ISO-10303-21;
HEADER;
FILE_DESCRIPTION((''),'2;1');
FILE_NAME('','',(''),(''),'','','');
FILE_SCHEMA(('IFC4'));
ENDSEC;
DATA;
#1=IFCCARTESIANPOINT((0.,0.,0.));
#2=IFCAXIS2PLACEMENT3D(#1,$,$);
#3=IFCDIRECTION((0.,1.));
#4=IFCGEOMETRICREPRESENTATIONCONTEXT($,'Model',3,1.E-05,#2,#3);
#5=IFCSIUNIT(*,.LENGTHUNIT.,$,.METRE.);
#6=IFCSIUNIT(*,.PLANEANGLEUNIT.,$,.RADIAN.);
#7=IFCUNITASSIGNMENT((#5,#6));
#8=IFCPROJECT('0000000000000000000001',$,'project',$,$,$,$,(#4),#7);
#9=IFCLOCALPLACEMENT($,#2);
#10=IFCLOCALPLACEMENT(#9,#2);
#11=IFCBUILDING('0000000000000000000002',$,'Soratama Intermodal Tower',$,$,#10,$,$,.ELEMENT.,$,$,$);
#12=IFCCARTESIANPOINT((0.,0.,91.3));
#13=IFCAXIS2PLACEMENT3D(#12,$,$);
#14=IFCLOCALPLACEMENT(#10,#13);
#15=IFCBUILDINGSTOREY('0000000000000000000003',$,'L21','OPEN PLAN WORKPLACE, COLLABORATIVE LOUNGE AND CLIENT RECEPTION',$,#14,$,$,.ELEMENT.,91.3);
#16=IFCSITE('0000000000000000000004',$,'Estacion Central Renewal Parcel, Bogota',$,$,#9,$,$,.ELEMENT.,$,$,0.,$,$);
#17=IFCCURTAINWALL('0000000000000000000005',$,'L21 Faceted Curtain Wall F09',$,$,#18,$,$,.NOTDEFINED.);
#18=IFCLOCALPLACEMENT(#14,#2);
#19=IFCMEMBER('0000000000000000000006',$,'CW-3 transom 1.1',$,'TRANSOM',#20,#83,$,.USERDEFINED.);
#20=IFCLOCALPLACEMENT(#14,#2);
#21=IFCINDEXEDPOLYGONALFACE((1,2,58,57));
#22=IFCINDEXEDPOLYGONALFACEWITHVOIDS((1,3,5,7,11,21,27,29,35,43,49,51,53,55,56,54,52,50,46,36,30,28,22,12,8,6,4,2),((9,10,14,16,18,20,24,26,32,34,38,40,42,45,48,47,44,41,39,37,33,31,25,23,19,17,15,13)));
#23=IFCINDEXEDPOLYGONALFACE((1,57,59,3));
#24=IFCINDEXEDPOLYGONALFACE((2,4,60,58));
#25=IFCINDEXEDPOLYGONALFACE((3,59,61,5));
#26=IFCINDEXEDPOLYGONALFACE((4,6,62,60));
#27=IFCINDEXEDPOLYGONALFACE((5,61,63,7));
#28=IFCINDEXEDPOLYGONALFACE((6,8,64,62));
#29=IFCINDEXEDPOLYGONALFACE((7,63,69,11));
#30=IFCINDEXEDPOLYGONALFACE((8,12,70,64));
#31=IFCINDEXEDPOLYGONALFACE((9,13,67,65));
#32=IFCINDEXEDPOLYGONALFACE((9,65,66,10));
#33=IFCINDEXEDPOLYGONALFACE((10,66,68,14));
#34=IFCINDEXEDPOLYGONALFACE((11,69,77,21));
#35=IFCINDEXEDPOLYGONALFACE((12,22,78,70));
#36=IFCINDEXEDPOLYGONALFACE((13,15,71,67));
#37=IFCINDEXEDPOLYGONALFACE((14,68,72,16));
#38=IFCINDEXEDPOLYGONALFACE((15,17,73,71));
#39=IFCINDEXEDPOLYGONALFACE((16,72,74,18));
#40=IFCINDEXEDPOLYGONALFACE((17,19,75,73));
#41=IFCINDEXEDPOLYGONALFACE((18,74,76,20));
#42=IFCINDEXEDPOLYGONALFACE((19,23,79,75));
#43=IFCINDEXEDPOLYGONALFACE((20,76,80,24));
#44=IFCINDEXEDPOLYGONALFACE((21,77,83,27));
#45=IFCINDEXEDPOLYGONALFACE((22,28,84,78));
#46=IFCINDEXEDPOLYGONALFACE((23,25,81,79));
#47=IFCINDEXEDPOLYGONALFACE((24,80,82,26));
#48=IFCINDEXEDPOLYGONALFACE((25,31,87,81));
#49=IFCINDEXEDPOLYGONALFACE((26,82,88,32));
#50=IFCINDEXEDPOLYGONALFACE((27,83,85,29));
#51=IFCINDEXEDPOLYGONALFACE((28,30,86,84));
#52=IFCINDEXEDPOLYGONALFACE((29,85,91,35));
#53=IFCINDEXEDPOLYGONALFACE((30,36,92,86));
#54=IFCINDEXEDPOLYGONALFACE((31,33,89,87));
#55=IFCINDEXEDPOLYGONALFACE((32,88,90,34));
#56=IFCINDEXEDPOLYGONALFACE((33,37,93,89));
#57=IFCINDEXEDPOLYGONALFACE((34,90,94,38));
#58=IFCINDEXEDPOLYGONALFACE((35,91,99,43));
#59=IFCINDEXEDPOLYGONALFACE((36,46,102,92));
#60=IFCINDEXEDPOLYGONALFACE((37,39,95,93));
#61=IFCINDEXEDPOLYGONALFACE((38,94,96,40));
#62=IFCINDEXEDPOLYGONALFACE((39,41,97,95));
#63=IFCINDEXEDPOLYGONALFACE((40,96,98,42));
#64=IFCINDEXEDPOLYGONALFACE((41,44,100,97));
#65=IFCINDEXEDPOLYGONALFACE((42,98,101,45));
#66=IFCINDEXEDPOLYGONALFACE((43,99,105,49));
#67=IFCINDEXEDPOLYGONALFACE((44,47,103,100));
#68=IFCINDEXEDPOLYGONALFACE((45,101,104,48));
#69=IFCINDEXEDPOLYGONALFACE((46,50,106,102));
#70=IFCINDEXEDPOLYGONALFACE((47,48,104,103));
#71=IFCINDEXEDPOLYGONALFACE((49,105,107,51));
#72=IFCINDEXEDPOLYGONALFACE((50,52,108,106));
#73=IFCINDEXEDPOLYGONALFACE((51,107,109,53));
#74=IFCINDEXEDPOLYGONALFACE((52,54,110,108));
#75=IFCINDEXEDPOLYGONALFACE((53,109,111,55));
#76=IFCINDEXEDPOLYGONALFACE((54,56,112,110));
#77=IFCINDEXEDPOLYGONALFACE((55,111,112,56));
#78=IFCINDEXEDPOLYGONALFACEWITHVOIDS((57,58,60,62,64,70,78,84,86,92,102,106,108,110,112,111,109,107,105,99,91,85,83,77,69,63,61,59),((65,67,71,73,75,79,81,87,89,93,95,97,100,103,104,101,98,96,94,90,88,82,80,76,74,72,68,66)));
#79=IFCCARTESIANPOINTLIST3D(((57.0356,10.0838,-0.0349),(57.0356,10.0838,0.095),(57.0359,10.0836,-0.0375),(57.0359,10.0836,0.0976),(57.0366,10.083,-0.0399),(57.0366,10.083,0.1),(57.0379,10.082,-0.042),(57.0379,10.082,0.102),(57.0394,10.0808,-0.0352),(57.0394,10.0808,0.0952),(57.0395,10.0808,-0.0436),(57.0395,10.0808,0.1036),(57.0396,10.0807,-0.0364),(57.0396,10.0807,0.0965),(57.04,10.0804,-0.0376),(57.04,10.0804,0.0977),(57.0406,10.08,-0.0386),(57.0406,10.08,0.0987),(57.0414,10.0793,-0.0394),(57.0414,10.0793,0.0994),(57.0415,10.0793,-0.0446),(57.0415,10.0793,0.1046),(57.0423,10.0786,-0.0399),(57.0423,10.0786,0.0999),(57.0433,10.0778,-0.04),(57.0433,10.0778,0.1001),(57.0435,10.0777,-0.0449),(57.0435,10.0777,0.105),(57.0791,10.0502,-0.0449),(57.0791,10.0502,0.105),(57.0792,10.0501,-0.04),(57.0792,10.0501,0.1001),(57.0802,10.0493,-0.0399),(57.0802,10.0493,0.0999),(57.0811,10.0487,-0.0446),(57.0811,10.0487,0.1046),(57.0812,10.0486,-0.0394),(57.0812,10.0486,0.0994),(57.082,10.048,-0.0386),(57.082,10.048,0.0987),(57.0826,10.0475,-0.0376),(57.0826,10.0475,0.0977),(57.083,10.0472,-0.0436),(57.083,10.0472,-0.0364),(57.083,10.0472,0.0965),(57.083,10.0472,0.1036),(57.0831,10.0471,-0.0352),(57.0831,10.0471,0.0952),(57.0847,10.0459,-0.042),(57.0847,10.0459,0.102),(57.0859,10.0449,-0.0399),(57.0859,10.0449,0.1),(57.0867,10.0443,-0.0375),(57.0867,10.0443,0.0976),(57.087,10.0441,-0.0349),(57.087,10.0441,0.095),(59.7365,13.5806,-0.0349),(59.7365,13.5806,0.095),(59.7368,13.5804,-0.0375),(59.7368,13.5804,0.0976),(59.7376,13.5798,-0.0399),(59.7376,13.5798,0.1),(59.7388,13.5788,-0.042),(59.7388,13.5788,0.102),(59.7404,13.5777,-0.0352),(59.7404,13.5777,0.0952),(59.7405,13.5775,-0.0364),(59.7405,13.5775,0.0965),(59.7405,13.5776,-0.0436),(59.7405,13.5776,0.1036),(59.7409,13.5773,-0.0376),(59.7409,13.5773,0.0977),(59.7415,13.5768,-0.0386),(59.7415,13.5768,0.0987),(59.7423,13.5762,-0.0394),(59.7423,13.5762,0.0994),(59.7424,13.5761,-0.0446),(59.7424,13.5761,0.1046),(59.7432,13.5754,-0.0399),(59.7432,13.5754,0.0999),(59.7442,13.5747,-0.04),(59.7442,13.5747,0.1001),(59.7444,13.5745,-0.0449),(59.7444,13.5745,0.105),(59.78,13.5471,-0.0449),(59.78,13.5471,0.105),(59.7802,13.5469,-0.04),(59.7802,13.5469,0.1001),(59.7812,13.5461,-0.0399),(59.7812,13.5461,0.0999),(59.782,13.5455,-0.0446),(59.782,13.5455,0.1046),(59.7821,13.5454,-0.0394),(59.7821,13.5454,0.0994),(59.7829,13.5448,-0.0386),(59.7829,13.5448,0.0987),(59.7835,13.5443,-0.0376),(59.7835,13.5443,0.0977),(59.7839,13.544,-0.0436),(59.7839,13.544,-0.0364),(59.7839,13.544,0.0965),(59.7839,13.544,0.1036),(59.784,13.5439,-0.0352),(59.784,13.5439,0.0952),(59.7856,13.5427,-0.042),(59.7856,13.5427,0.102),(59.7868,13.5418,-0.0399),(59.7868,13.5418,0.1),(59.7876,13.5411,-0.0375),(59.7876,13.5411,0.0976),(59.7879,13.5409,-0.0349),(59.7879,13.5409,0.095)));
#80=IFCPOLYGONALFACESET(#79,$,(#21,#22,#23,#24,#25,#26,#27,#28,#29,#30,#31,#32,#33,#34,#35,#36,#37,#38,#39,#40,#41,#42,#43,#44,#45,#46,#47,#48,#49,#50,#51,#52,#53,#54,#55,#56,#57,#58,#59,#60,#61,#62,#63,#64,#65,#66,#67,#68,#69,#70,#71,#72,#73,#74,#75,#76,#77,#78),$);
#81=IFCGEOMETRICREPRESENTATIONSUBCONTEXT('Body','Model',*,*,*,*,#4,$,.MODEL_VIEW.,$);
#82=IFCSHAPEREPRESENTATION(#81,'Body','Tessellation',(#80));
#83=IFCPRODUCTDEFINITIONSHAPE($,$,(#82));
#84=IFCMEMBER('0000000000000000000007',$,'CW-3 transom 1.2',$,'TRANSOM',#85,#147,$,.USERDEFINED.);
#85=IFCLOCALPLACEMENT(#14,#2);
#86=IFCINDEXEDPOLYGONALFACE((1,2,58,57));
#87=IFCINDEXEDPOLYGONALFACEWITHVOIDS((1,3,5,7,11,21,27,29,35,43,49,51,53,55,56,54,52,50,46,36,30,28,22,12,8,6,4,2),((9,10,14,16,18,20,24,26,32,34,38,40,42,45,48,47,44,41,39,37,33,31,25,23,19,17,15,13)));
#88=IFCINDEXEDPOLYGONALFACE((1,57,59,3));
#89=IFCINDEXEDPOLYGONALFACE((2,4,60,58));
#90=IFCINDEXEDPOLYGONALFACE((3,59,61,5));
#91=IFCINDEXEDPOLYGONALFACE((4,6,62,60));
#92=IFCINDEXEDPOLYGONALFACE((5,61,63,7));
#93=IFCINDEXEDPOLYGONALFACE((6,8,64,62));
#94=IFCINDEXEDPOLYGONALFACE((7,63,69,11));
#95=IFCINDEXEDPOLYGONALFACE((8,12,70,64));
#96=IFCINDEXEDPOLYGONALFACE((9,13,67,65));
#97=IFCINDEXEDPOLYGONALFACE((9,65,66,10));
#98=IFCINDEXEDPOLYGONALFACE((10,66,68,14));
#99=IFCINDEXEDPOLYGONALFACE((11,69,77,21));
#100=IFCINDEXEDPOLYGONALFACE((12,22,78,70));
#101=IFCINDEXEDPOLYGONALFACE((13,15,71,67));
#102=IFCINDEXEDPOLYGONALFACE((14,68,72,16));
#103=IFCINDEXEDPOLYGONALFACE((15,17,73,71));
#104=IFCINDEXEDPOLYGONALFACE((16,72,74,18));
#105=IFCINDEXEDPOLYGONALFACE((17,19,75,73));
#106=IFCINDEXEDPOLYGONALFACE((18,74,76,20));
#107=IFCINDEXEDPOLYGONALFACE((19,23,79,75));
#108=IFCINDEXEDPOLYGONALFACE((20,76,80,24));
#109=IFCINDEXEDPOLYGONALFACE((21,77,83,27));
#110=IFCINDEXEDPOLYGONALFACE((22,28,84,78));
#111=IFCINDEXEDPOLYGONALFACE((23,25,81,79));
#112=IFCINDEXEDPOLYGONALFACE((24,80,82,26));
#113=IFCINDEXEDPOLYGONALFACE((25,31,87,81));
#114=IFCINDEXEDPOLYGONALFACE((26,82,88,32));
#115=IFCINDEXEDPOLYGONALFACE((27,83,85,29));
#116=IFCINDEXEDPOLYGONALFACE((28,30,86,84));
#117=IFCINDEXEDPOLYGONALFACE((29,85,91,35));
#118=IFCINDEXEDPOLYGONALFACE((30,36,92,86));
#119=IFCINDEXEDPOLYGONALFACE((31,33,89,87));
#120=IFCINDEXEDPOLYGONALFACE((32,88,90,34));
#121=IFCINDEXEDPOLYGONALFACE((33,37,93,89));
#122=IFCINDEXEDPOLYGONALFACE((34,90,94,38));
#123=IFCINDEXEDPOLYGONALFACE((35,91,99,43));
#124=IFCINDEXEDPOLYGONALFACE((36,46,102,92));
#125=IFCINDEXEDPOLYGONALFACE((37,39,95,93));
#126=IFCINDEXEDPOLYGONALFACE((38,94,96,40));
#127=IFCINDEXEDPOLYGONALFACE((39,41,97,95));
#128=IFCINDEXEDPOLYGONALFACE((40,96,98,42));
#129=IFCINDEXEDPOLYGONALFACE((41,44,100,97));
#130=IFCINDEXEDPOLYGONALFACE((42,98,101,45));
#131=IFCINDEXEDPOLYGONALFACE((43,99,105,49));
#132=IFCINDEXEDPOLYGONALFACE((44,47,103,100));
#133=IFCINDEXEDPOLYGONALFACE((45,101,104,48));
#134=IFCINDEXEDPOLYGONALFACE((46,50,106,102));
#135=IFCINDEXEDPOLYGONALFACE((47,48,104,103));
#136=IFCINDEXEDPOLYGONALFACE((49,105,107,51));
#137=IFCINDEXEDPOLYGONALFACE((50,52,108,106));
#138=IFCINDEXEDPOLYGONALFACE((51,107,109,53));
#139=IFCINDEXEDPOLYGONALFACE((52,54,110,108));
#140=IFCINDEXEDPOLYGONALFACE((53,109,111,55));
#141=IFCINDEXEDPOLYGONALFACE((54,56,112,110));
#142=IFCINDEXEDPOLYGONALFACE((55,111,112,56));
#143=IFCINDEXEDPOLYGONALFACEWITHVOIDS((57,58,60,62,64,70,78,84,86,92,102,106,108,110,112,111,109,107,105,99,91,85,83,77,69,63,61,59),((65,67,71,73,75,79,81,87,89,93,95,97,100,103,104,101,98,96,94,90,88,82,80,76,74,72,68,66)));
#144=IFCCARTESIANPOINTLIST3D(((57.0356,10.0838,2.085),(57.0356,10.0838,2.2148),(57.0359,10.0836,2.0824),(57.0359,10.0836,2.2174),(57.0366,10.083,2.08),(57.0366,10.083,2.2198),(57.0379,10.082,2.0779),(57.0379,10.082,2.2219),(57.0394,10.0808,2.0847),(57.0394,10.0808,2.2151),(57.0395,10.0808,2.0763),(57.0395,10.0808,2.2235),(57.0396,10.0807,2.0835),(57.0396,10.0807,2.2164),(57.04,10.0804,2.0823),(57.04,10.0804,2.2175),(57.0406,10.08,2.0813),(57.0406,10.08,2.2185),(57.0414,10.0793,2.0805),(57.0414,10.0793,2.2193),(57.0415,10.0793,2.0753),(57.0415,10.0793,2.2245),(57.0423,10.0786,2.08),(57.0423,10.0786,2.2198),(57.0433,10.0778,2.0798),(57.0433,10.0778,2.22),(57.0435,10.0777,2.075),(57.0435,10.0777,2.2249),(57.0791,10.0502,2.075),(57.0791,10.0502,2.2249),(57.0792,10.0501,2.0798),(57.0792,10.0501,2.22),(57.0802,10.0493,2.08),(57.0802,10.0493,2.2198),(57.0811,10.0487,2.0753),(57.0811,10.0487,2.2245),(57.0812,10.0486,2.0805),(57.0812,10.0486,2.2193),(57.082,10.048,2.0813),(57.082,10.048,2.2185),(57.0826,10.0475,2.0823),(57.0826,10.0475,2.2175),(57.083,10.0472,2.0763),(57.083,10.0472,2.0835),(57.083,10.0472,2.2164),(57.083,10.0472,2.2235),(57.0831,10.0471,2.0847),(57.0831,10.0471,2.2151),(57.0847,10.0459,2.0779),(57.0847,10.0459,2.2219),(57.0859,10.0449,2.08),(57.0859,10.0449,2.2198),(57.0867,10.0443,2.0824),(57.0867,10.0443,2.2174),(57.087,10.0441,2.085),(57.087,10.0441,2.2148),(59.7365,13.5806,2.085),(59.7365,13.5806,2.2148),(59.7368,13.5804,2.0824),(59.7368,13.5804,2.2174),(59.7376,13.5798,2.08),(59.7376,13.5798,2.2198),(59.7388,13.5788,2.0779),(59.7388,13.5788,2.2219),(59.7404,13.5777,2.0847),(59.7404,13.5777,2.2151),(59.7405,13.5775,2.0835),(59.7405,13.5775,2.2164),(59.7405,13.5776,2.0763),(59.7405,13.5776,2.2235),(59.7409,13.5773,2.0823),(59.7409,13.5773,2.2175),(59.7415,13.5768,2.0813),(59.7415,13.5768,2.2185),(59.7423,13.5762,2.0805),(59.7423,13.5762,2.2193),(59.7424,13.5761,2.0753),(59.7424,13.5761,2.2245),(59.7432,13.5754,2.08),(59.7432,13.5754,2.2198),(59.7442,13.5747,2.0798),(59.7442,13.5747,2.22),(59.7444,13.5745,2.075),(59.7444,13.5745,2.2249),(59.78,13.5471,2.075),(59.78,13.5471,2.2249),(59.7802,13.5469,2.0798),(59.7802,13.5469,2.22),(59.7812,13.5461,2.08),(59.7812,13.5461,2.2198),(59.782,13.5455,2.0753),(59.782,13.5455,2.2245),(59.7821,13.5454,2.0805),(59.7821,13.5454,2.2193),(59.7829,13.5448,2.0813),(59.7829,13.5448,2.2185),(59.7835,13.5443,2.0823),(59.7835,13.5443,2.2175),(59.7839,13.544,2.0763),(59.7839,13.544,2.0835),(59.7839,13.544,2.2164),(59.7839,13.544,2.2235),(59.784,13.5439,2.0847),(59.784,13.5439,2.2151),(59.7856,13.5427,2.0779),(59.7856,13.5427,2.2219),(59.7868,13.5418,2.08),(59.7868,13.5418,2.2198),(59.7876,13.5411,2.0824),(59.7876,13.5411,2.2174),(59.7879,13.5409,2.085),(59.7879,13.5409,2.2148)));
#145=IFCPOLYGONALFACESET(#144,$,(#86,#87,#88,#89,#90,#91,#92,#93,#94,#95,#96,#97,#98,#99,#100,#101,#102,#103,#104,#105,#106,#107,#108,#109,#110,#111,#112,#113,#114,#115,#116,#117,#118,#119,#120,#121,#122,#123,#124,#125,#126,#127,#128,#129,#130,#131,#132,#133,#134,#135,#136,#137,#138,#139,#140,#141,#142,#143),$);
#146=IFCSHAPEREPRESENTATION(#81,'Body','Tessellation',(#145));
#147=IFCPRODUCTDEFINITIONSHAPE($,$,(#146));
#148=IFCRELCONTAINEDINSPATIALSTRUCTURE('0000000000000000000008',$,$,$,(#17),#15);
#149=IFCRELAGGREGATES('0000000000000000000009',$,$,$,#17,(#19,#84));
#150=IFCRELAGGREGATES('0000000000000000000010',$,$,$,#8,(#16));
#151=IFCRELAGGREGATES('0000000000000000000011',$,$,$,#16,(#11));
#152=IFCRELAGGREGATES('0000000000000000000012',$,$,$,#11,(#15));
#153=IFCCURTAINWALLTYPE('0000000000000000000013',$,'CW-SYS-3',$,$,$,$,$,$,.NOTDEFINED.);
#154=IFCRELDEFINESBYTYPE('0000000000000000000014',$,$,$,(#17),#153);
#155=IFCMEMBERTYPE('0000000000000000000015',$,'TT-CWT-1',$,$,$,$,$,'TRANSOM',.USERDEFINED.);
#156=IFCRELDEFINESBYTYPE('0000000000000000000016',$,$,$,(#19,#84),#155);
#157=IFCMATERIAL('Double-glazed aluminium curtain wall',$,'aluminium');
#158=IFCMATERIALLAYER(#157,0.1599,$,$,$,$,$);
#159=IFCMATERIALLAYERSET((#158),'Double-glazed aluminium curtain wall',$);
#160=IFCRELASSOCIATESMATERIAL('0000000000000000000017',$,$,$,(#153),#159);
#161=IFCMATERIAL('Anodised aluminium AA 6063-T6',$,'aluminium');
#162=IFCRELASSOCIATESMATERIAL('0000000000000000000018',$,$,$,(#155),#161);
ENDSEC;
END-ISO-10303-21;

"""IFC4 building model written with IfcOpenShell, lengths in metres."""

from ifc_helpers import new_model, si_unit, direction, frame, origin, origin_2d, place, context, subcontext, project, spatial, hollow_rectangle, extrude, material, layer, layer_set, material_profile, profile_set, type_object, element, aggregate, save


model = new_model("IFC4")

# Units and contexts
model_context = context("Model", 3, precision=1e-05, world=origin(), true_north=direction((0.0, 1.0)))
body_context = subcontext(model_context, "Body", "Model", "MODEL_VIEW")
ifc_project = project(units=[si_unit("LENGTHUNIT", "METRE"), si_unit("PLANEANGLEUNIT", "RADIAN")], contexts=[model_context])

# Site, building, storey
site_placement = place(None, origin())
site = spatial("IfcSite", under=ifc_project, at=site_placement, Name="Estacion Central Renewal Parcel, Bogota", CompositionType="ELEMENT", RefElevation=0.0)
building_placement = place(site_placement, origin())
building = spatial("IfcBuilding", under=site, at=building_placement, Name="Soratama Intermodal Tower", CompositionType="ELEMENT")
storey_placement = place(building_placement, frame((0.0, 0.0, 91.3)))
storey = spatial("IfcBuildingStorey", under=building, at=storey_placement, Name="L21", Description="OPEN PLAN WORKPLACE, COLLABORATIVE LOUNGE AND CLIENT RECEPTION", CompositionType="ELEMENT", Elevation=91.3)

# Curtain wall, members
ifc_material_1 = material(Name="Double-glazed aluminium curtain wall", Category="aluminium")
ifc_layer_1 = layer(ifc_material_1, 0.1599)
ifc_layer_set_1 = layer_set([ifc_layer_1], Name="Double-glazed aluminium curtain wall")
curtain_wall_type = type_object("IfcCurtainWallType", Name="CW-SYS-3", PredefinedType="NOTDEFINED", material=ifc_layer_set_1)
curtain_wall_placement = place(storey_placement, origin())
curtain_wall = element("IfcCurtainWall", 1, at=curtain_wall_placement, inside=storey, type_object=curtain_wall_type, Name="L21 Faceted Curtain Wall F09", PredefinedType="NOTDEFINED")
ifc_material_2 = material(Name="Anodised aluminium AA 6063-T6", Category="aluminium")
ifc_material_profile_1 = material_profile(ifc_material_2, hollow_rectangle(XDim=0.0649, YDim=0.1499, WallThickness=0.0049, InnerFilletRadius=0.0049, OuterFilletRadius=0.01, at=origin_2d()), Name="CWT150X65X5")
ifc_profile_set_1 = profile_set([ifc_material_profile_1], Name="Anodised aluminium AA 6063-T6")
member_type_1 = type_object("IfcMemberType", Name="TT-CWT-1", ElementType="TRANSOM", PredefinedType="USERDEFINED", material=ifc_profile_set_1)
member_1_placement = place(storey_placement, frame((57.0613, 10.064, 0.03), z_axis=(0.611282, 0.791413, 0.0), x_axis=(-0.791413, 0.611282, 0.0)))
member_1 = element("IfcMember", 2, at=member_1_placement, type_object=member_type_1, Name="CW-3 transom 1.1", ObjectType="TRANSOM", PredefinedType="USERDEFINED", context=body_context, shape_type="SweptSolid", body=[
    extrude(hollow_rectangle(XDim=0.0649, YDim=0.1499, WallThickness=0.0049, InnerFilletRadius=0.0049, OuterFilletRadius=0.01, at=origin_2d()), origin(), (0.0, 0.0, 1.0), 4.4185),
])
member_2_placement = place(storey_placement, frame((57.0613, 10.064, 2.1499), z_axis=(0.611282, 0.791413, 0.0), x_axis=(-0.791413, 0.611282, 0.0)))
member_2 = element("IfcMember", 3, at=member_2_placement, type_object=member_type_1, Name="CW-3 transom 1.2", ObjectType="TRANSOM", PredefinedType="USERDEFINED", context=body_context, shape_type="SweptSolid", body=[
    extrude(hollow_rectangle(XDim=0.0649, YDim=0.1499, WallThickness=0.0049, InnerFilletRadius=0.0049, OuterFilletRadius=0.01, at=origin_2d()), origin(), (0.0, 0.0, 1.0), 4.4185),
])
aggregate(curtain_wall, [member_1, member_2])

save(model, "model.ifc")
